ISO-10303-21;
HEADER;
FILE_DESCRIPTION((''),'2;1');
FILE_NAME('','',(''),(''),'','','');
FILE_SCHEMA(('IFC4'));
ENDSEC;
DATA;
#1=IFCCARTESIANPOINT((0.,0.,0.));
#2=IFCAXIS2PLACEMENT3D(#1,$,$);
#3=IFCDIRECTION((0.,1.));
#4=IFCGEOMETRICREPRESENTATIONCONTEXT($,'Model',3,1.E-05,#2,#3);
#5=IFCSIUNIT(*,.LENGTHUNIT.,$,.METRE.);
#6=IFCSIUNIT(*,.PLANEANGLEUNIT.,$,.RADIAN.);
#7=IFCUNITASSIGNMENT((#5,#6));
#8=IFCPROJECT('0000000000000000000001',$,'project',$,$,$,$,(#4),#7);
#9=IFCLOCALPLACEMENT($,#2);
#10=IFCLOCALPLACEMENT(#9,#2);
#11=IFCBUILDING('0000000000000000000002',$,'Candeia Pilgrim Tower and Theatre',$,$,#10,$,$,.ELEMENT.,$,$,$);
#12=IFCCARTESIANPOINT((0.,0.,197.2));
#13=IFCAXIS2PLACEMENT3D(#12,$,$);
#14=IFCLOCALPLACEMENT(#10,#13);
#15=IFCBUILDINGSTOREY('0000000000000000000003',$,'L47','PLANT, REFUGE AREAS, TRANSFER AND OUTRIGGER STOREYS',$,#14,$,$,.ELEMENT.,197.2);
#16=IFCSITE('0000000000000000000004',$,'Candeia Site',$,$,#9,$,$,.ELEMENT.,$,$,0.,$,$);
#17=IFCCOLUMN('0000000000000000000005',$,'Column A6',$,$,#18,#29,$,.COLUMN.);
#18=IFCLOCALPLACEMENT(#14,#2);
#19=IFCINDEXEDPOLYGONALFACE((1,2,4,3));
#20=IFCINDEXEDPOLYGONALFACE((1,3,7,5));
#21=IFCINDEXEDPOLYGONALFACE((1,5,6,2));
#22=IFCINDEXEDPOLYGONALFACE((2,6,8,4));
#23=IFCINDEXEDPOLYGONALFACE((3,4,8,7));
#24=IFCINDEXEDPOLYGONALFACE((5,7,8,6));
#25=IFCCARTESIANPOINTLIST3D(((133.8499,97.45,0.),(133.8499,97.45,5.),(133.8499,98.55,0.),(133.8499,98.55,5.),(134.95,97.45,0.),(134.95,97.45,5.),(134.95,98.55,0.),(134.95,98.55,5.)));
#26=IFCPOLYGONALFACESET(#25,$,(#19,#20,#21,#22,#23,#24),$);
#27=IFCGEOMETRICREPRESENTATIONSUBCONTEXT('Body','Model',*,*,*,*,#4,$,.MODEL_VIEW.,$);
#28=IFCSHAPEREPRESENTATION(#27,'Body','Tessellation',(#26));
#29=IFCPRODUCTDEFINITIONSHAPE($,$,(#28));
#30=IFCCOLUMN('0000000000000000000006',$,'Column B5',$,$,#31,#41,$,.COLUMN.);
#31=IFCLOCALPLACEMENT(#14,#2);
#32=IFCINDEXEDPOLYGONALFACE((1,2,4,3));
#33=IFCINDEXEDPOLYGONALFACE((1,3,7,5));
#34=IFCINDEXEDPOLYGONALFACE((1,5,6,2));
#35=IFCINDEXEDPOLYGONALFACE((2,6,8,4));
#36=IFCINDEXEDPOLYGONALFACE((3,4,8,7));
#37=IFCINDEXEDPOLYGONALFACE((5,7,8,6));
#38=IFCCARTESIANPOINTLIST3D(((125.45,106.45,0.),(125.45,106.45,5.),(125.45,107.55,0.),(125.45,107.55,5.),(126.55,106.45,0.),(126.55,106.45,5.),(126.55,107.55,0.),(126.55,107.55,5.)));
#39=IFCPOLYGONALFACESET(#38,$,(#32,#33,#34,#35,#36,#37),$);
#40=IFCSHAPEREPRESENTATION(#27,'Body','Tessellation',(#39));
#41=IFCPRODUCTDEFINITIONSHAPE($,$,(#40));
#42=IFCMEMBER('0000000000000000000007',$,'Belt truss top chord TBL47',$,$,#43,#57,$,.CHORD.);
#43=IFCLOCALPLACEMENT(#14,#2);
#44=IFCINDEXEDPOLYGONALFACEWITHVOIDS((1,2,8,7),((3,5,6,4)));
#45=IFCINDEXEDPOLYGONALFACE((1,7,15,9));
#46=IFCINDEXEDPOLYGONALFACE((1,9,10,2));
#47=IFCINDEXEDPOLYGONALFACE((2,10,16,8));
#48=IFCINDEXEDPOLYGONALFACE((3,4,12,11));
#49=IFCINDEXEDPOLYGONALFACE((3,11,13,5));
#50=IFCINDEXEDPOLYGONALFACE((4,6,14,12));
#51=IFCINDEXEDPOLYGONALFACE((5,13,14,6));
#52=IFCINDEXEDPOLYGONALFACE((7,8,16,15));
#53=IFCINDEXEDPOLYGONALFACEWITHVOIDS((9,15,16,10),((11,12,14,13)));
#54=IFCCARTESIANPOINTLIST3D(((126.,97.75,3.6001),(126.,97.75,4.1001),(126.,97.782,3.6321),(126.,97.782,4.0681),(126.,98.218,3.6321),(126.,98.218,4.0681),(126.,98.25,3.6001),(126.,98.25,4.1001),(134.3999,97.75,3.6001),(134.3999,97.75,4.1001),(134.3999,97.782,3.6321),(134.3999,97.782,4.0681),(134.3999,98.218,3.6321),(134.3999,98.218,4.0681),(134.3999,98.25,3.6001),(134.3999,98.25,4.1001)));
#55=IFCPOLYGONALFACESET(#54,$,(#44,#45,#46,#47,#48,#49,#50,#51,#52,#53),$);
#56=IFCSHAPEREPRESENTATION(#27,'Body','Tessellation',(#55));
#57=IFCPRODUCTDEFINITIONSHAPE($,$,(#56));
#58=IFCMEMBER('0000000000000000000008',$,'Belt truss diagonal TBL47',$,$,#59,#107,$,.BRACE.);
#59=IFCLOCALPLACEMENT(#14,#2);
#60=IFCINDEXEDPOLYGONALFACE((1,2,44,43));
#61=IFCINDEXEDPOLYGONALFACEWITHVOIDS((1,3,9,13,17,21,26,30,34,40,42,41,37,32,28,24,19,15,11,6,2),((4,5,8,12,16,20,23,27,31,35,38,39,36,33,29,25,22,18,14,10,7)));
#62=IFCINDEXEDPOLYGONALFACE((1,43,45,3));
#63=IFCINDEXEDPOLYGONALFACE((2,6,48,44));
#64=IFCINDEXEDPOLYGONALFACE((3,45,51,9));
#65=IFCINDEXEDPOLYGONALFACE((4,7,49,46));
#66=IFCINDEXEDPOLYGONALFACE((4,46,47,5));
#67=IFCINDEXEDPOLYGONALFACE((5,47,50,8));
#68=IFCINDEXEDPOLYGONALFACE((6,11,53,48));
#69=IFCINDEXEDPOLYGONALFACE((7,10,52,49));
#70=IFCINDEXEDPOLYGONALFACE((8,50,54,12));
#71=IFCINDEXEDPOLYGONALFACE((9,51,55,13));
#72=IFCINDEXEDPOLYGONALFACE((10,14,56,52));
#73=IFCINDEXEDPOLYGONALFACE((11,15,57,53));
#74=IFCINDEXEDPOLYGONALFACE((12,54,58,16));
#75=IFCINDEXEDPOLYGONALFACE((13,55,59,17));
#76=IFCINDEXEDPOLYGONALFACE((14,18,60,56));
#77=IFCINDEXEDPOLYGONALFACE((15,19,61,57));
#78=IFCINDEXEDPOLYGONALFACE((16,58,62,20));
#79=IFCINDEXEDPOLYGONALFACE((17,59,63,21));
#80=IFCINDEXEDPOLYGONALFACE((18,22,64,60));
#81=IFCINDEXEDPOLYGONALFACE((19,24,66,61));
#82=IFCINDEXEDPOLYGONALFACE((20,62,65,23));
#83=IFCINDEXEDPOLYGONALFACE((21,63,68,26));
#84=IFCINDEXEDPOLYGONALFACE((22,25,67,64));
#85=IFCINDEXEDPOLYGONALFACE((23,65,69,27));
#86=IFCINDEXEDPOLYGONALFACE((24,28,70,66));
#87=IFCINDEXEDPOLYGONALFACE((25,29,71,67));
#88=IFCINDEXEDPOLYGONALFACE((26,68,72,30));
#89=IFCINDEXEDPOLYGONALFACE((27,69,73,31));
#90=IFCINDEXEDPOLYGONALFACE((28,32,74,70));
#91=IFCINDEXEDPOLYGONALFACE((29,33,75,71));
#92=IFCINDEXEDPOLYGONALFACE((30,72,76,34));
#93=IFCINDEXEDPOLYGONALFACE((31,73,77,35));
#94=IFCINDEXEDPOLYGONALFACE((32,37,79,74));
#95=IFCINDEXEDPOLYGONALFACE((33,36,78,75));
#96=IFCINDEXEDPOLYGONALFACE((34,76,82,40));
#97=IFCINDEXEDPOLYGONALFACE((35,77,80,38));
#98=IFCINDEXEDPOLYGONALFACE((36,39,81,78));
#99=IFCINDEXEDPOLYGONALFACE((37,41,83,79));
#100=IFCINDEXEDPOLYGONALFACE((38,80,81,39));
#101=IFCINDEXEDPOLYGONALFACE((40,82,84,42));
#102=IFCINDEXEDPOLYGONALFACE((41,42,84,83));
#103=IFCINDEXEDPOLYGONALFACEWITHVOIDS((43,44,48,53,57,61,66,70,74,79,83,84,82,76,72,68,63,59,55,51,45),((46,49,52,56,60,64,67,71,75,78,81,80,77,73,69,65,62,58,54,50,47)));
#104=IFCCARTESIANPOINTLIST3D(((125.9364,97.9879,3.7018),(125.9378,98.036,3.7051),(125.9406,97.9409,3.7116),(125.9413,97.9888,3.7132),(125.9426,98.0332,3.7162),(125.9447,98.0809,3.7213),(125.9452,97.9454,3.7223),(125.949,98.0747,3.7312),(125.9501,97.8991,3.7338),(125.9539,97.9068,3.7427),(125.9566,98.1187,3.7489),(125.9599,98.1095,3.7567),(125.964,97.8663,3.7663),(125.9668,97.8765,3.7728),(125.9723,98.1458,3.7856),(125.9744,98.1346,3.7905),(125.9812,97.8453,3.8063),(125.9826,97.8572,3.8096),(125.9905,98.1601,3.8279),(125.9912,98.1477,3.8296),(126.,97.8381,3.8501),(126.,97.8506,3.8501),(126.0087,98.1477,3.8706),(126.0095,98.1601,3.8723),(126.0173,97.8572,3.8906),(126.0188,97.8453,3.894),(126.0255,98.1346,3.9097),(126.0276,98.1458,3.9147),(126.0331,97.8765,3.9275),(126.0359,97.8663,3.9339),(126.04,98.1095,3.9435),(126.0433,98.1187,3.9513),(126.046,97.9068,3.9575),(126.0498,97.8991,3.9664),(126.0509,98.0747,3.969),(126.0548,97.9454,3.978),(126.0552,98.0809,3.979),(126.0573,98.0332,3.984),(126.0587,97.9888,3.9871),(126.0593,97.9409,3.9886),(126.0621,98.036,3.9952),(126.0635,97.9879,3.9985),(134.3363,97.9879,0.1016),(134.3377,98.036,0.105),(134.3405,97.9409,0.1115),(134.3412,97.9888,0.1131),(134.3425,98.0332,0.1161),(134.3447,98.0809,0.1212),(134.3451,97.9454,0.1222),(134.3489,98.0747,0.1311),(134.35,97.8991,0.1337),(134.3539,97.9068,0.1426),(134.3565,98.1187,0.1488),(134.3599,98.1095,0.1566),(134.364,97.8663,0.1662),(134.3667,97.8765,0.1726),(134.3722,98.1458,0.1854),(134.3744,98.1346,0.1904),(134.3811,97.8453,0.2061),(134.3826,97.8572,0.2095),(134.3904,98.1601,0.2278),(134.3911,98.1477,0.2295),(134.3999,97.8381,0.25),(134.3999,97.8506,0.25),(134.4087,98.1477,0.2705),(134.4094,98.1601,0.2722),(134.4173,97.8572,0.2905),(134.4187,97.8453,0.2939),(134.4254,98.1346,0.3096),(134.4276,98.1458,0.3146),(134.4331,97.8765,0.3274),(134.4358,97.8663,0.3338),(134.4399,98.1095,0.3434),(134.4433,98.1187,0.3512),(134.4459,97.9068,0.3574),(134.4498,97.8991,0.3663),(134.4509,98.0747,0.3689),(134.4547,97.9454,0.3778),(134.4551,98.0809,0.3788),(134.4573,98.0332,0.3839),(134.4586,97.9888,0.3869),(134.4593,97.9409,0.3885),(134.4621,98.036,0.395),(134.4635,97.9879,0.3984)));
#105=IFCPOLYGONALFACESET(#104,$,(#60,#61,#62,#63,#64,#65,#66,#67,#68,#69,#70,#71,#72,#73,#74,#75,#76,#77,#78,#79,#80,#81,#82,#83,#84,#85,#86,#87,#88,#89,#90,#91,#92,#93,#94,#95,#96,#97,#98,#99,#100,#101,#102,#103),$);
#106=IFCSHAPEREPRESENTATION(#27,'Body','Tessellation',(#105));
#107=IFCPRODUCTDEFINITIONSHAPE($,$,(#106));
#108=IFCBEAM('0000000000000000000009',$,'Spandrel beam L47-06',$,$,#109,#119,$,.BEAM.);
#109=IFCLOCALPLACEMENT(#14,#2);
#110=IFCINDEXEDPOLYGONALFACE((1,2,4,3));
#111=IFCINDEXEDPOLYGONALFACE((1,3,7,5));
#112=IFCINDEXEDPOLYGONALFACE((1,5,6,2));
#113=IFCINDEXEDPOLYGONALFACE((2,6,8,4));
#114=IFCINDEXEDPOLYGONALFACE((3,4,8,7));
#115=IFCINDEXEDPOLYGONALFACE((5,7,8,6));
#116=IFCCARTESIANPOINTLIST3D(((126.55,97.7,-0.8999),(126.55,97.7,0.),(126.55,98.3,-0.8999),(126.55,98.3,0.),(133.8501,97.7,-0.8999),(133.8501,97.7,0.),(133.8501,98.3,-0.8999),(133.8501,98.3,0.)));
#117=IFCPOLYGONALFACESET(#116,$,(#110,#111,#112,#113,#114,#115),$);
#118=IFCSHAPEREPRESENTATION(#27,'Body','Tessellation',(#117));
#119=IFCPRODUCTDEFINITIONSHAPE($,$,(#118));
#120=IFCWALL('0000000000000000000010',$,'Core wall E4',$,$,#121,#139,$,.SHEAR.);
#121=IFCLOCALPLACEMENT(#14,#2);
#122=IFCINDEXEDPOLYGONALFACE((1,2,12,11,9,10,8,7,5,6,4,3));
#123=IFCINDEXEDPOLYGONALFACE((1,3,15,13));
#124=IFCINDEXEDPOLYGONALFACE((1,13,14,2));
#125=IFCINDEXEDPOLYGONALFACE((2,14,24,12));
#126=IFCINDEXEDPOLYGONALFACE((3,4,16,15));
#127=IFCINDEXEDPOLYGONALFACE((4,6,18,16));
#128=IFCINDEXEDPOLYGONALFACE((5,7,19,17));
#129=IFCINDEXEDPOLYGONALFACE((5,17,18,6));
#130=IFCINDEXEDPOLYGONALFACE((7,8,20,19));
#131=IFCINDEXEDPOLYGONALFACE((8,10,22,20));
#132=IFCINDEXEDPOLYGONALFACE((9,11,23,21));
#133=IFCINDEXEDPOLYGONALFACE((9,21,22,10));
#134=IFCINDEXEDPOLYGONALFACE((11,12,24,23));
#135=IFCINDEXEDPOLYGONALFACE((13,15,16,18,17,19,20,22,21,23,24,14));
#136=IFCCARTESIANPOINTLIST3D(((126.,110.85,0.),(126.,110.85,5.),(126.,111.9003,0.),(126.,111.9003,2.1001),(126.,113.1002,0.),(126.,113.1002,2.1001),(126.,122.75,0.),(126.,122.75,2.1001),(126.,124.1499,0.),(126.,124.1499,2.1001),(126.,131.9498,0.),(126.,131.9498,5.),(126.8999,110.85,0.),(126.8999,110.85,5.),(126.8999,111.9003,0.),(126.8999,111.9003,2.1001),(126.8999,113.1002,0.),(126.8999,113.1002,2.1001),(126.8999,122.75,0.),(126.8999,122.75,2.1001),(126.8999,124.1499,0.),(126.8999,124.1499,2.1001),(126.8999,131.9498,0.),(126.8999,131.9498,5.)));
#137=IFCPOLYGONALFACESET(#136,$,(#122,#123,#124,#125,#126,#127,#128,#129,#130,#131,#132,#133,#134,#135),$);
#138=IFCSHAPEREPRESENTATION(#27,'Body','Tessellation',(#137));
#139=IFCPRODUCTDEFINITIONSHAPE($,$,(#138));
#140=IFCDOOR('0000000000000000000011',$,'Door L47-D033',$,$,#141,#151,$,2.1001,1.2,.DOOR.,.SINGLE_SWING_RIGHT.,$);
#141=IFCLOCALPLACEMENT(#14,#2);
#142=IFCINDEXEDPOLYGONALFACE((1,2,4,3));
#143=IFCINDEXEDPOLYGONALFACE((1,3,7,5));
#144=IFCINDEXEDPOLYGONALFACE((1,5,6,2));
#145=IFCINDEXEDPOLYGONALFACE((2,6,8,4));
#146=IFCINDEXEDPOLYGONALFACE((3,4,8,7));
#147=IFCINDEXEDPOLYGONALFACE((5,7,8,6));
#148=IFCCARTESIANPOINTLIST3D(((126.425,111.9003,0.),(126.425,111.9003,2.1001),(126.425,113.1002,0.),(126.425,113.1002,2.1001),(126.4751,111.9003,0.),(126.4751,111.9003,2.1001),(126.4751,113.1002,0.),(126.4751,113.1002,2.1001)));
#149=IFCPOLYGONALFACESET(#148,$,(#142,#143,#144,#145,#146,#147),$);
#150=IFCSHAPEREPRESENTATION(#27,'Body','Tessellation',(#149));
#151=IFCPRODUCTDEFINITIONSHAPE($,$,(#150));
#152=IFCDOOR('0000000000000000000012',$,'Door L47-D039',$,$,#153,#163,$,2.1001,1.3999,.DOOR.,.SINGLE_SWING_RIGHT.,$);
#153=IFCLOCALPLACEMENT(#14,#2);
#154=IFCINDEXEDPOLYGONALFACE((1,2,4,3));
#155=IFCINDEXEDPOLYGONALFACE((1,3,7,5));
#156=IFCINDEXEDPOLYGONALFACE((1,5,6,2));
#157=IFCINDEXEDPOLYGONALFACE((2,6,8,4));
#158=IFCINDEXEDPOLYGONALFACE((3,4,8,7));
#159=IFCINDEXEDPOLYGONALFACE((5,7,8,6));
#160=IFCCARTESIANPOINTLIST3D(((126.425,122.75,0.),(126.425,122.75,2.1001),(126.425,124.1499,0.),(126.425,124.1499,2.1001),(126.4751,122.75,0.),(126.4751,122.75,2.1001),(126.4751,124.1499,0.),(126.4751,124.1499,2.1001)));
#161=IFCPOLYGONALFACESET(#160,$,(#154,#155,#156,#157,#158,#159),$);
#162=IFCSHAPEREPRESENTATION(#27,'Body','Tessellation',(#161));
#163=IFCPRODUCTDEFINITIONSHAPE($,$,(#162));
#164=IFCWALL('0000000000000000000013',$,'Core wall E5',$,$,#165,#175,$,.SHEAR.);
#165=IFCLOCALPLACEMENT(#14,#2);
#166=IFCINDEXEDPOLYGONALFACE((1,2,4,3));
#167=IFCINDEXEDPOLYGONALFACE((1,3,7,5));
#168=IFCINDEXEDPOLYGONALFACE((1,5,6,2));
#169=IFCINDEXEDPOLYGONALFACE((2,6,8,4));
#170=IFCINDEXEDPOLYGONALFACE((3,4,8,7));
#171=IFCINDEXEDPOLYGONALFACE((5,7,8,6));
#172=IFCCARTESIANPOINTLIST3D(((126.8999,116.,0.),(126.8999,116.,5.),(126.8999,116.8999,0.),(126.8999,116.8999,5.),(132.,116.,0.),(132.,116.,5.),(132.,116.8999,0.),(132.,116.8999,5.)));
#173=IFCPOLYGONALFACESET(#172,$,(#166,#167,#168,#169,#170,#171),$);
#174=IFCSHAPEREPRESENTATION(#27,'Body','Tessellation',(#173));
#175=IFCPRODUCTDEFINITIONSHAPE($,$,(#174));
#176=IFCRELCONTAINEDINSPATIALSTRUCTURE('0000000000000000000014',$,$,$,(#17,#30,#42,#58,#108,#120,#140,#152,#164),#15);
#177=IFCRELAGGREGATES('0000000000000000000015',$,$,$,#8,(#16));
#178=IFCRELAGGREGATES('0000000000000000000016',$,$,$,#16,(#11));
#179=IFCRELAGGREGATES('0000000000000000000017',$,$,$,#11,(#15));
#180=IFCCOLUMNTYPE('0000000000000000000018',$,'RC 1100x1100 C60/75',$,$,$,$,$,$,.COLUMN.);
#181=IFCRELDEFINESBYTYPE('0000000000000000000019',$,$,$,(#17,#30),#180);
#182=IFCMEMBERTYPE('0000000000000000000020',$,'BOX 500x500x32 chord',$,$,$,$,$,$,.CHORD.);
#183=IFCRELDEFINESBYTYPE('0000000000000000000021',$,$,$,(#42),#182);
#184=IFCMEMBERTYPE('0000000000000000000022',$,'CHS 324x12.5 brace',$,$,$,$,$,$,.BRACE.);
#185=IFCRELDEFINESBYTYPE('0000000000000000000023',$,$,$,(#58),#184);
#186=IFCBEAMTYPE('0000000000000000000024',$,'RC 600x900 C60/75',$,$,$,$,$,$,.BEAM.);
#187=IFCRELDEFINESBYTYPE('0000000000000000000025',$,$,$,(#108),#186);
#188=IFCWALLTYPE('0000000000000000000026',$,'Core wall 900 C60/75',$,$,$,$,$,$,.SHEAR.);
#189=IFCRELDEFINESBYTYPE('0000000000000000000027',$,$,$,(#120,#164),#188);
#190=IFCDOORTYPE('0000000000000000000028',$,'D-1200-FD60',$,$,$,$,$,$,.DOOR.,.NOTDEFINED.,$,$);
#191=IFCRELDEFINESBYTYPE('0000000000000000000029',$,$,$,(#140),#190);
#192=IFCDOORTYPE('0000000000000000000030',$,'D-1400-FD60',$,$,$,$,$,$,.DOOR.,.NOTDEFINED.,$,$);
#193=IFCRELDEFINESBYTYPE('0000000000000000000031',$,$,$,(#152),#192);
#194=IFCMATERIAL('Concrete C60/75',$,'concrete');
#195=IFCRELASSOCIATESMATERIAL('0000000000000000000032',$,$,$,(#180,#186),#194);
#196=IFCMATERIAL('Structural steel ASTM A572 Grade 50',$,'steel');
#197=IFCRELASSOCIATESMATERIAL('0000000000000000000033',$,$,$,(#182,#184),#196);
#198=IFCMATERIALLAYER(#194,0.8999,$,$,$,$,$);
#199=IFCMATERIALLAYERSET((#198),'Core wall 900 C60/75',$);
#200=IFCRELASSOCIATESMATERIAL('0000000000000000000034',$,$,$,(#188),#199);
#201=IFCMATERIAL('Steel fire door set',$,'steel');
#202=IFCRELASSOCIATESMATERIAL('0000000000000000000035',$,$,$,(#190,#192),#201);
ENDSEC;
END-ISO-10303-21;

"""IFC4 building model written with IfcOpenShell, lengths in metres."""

from ifc_helpers import new_model, si_unit, direction, frame, frame_2d, origin, origin_2d, place, context, subcontext, project, spatial, rectangle, hollow_rectangle, hollow_circle, extrude, material, layer, layer_set, material_profile, profile_set, type_object, element, fill, save


model = new_model("IFC4")

# Units and contexts
model_context = context("Model", 3, precision=1e-05, world=origin(), true_north=direction((0.0, 1.0)))
body_context = subcontext(model_context, "Body", "Model", "MODEL_VIEW")
ifc_project = project(units=[si_unit("LENGTHUNIT", "METRE"), si_unit("PLANEANGLEUNIT", "RADIAN")], contexts=[model_context])

# Site, building, storey
site_placement = place(None, origin())
site = spatial("IfcSite", under=ifc_project, at=site_placement, Name="Candeia Site", CompositionType="ELEMENT", RefElevation=0.0)
building_placement = place(site_placement, origin())
building = spatial("IfcBuilding", under=site, at=building_placement, Name="Candeia Pilgrim Tower and Theatre", CompositionType="ELEMENT")
storey_placement = place(building_placement, frame((0.0, 0.0, 197.2)))
storey = spatial("IfcBuildingStorey", under=building, at=storey_placement, Name="L47", Description="PLANT, REFUGE AREAS, TRANSFER AND OUTRIGGER STOREYS", CompositionType="ELEMENT", Elevation=197.2)

# Columns
ifc_material_1 = material(Name="Concrete C60/75", Category="concrete")
ifc_material_profile_1 = material_profile(ifc_material_1, rectangle(XDim=1.1001, YDim=1.1001, at=origin_2d()))
ifc_profile_set_1 = profile_set([ifc_material_profile_1], Name="Concrete C60/75")
column_type = type_object("IfcColumnType", Name="RC 1100x1100 C60/75", PredefinedType="COLUMN", material=ifc_profile_set_1)
for number, where, z_axis, x_axis, name in (
    (1, (134.3999, 98.0, 0.0), (0.0, 0.0, 1.0), (1.0, 0.0, 0.0), "Column A6"),
    (2, (126.0, 107.0, 0.0), (0.0, 0.0, 1.0), (1.0, 0.0, 0.0), "Column B5"),
):
    element("IfcColumn", number, at=place(storey_placement, frame(where, z_axis=z_axis, x_axis=x_axis)), inside=storey, type_object=column_type, Name=name, PredefinedType="COLUMN", context=body_context, shape_type="SweptSolid", body=[
        extrude(rectangle(XDim=1.1001, YDim=1.1001, at=origin_2d()), origin(), (0.0, 0.0, 1.0), 5.0),
    ])

# Members
ifc_material_2 = material(Name="Structural steel ASTM A572 Grade 50", Category="steel")
ifc_material_profile_2 = material_profile(ifc_material_2, hollow_rectangle(XDim=0.5, YDim=0.5, WallThickness=0.032, at=origin_2d()))
ifc_profile_set_2 = profile_set([ifc_material_profile_2], Name="Structural steel ASTM A572 Grade 50")
member_type_1 = type_object("IfcMemberType", Name="BOX 500x500x32 chord", PredefinedType="CHORD", material=ifc_profile_set_2)
member_1_placement = place(storey_placement, frame((126.0, 98.0, 3.8501), z_axis=(1.0, 0.0, 0.0), x_axis=(0.0, 1.0, 0.0)))
element("IfcMember", 3, at=member_1_placement, inside=storey, type_object=member_type_1, Name="Belt truss top chord TBL47", PredefinedType="CHORD", context=body_context, shape_type="SweptSolid", body=[
    extrude(hollow_rectangle(XDim=0.5, YDim=0.5, WallThickness=0.032, at=origin_2d()), origin(), (0.0, 0.0, 1.0), 8.3999),
])
ifc_material_profile_3 = material_profile(ifc_material_2, hollow_circle(Radius=0.1619, WallThickness=0.0125, at=origin_2d()))
ifc_profile_set_3 = profile_set([ifc_material_profile_3], Name="Structural steel ASTM A572 Grade 50")
member_type_2 = type_object("IfcMemberType", Name="CHS 324x12.5 brace", PredefinedType="BRACE", material=ifc_profile_set_3)
member_2_placement = place(storey_placement, frame((134.3999, 98.0, 0.25), z_axis=(-0.91914, 0.0, 0.393932), x_axis=(0.0, -1.0, 0.0)))
element("IfcMember", 4, at=member_2_placement, inside=storey, type_object=member_type_2, Name="Belt truss diagonal TBL47", PredefinedType="BRACE", context=body_context, shape_type="SweptSolid", body=[
    extrude(hollow_circle(Radius=0.1619, WallThickness=0.0125, at=origin_2d()), origin(), (0.0, 0.0, 1.0), 9.1389),
])

# Beam
ifc_material_profile_4 = material_profile(ifc_material_1, rectangle(XDim=0.6001, YDim=0.8999, at=origin_2d()))
ifc_profile_set_4 = profile_set([ifc_material_profile_4], Name="Concrete C60/75")
beam_type = type_object("IfcBeamType", Name="RC 600x900 C60/75", PredefinedType="BEAM", material=ifc_profile_set_4)
beam_placement = place(storey_placement, frame((126.55, 98.0, -0.45), z_axis=(1.0, 0.0, 0.0), x_axis=(0.0, 1.0, 0.0)))
element("IfcBeam", 5, at=beam_placement, inside=storey, type_object=beam_type, Name="Spandrel beam L47-06", PredefinedType="BEAM", context=body_context, shape_type="SweptSolid", body=[
    extrude(rectangle(XDim=0.6001, YDim=0.8999, at=origin_2d()), origin(), (0.0, 0.0, 1.0), 7.3),
])

# Wall, openings, doors
ifc_layer_1 = layer(ifc_material_1, 0.8999)
ifc_layer_set_1 = layer_set([ifc_layer_1], Name="Core wall 900 C60/75")
wall_type_1 = type_object("IfcWallType", Name="Core wall 900 C60/75", PredefinedType="SHEAR", material=ifc_layer_set_1)
wall_1_placement = place(storey_placement, frame((126.45, 110.8501, 0.0), z_axis=(0.0, 0.0, 1.0), x_axis=(0.0, 1.0, 0.0)))
wall_1 = element("IfcWall", 6, at=wall_1_placement, inside=storey, type_object=wall_type_1, Name="Core wall E4", PredefinedType="SHEAR", context=body_context, shape_type="SweptSolid", body=[
    extrude(rectangle(XDim=21.0999, YDim=0.8999, at=frame_2d((10.5498, 0.0))), origin(), (0.0, 0.0, 1.0), 5.0),
])
opening_1_placement = place(wall_1_placement, frame((1.05, 0.0, 0.0)))
opening_1 = element("IfcOpeningElement", 7, at=opening_1_placement, cuts=wall_1, PredefinedType="OPENING", context=body_context, shape_type="SweptSolid", body=[
    extrude(rectangle(XDim=1.2, YDim=2.1001, at=frame_2d((0.6001, 1.05))), frame((0.0, 0.46, 0.0), z_axis=(0.0, -1.0, 0.0), x_axis=(1.0, 0.0, 0.0)), (0.0, 0.0, 1.0), 0.9199),
])
opening_2_placement = place(wall_1_placement, frame((11.8999, 0.0, 0.0)))
opening_2 = element("IfcOpeningElement", 8, at=opening_2_placement, cuts=wall_1, PredefinedType="OPENING", context=body_context, shape_type="SweptSolid", body=[
    extrude(rectangle(XDim=1.3999, YDim=2.1001, at=frame_2d((0.7, 1.05))), frame((0.0, 0.46, 0.0), z_axis=(0.0, -1.0, 0.0), x_axis=(1.0, 0.0, 0.0)), (0.0, 0.0, 1.0), 0.9199),
])
ifc_material_3 = material(Name="Steel fire door set", Category="steel")
door_type_1 = type_object("IfcDoorType", Name="D-1200-FD60", OperationType="NOTDEFINED", PredefinedType="DOOR", material=ifc_material_3)
door_1_placement = place(opening_1_placement, origin())
door_1 = element("IfcDoor", 9, at=door_1_placement, inside=storey, type_object=door_type_1, Name="Door L47-D033", OperationType="SINGLE_SWING_RIGHT", OverallHeight=2.1001, OverallWidth=1.2, PredefinedType="DOOR", context=body_context, shape_type="SweptSolid", body=[
    extrude(rectangle(XDim=1.2, YDim=2.1001, at=frame_2d((0.6001, 1.05))), frame((0.0, 0.0249, 0.0), z_axis=(0.0, -1.0, 0.0), x_axis=(1.0, 0.0, 0.0)), (0.0, 0.0, 1.0), 0.05),
])
fill(opening_1, door_1)
door_type_2 = type_object("IfcDoorType", Name="D-1400-FD60", OperationType="NOTDEFINED", PredefinedType="DOOR", material=ifc_material_3)
door_2_placement = place(opening_2_placement, origin())
door_2 = element("IfcDoor", 10, at=door_2_placement, inside=storey, type_object=door_type_2, Name="Door L47-D039", OperationType="SINGLE_SWING_RIGHT", OverallHeight=2.1001, OverallWidth=1.3999, PredefinedType="DOOR", context=body_context, shape_type="SweptSolid", body=[
    extrude(rectangle(XDim=1.3999, YDim=2.1001, at=frame_2d((0.7, 1.05))), frame((0.0, 0.0249, 0.0), z_axis=(0.0, -1.0, 0.0), x_axis=(1.0, 0.0, 0.0)), (0.0, 0.0, 1.0), 0.05),
])
fill(opening_2, door_2)

# Wall
wall_2_placement = place(storey_placement, frame((126.8999, 116.45, 0.0), z_axis=(0.0, 0.0, 1.0), x_axis=(1.0, 0.0, 0.0)))
element("IfcWall", 11, at=wall_2_placement, inside=storey, type_object=wall_type_1, Name="Core wall E5", PredefinedType="SHEAR", context=body_context, shape_type="SweptSolid", body=[
    extrude(rectangle(XDim=5.1001, YDim=0.8999, at=frame_2d((2.55, 0.0))), origin(), (0.0, 0.0, 1.0), 5.0),
])

save(model, "model.ifc")
